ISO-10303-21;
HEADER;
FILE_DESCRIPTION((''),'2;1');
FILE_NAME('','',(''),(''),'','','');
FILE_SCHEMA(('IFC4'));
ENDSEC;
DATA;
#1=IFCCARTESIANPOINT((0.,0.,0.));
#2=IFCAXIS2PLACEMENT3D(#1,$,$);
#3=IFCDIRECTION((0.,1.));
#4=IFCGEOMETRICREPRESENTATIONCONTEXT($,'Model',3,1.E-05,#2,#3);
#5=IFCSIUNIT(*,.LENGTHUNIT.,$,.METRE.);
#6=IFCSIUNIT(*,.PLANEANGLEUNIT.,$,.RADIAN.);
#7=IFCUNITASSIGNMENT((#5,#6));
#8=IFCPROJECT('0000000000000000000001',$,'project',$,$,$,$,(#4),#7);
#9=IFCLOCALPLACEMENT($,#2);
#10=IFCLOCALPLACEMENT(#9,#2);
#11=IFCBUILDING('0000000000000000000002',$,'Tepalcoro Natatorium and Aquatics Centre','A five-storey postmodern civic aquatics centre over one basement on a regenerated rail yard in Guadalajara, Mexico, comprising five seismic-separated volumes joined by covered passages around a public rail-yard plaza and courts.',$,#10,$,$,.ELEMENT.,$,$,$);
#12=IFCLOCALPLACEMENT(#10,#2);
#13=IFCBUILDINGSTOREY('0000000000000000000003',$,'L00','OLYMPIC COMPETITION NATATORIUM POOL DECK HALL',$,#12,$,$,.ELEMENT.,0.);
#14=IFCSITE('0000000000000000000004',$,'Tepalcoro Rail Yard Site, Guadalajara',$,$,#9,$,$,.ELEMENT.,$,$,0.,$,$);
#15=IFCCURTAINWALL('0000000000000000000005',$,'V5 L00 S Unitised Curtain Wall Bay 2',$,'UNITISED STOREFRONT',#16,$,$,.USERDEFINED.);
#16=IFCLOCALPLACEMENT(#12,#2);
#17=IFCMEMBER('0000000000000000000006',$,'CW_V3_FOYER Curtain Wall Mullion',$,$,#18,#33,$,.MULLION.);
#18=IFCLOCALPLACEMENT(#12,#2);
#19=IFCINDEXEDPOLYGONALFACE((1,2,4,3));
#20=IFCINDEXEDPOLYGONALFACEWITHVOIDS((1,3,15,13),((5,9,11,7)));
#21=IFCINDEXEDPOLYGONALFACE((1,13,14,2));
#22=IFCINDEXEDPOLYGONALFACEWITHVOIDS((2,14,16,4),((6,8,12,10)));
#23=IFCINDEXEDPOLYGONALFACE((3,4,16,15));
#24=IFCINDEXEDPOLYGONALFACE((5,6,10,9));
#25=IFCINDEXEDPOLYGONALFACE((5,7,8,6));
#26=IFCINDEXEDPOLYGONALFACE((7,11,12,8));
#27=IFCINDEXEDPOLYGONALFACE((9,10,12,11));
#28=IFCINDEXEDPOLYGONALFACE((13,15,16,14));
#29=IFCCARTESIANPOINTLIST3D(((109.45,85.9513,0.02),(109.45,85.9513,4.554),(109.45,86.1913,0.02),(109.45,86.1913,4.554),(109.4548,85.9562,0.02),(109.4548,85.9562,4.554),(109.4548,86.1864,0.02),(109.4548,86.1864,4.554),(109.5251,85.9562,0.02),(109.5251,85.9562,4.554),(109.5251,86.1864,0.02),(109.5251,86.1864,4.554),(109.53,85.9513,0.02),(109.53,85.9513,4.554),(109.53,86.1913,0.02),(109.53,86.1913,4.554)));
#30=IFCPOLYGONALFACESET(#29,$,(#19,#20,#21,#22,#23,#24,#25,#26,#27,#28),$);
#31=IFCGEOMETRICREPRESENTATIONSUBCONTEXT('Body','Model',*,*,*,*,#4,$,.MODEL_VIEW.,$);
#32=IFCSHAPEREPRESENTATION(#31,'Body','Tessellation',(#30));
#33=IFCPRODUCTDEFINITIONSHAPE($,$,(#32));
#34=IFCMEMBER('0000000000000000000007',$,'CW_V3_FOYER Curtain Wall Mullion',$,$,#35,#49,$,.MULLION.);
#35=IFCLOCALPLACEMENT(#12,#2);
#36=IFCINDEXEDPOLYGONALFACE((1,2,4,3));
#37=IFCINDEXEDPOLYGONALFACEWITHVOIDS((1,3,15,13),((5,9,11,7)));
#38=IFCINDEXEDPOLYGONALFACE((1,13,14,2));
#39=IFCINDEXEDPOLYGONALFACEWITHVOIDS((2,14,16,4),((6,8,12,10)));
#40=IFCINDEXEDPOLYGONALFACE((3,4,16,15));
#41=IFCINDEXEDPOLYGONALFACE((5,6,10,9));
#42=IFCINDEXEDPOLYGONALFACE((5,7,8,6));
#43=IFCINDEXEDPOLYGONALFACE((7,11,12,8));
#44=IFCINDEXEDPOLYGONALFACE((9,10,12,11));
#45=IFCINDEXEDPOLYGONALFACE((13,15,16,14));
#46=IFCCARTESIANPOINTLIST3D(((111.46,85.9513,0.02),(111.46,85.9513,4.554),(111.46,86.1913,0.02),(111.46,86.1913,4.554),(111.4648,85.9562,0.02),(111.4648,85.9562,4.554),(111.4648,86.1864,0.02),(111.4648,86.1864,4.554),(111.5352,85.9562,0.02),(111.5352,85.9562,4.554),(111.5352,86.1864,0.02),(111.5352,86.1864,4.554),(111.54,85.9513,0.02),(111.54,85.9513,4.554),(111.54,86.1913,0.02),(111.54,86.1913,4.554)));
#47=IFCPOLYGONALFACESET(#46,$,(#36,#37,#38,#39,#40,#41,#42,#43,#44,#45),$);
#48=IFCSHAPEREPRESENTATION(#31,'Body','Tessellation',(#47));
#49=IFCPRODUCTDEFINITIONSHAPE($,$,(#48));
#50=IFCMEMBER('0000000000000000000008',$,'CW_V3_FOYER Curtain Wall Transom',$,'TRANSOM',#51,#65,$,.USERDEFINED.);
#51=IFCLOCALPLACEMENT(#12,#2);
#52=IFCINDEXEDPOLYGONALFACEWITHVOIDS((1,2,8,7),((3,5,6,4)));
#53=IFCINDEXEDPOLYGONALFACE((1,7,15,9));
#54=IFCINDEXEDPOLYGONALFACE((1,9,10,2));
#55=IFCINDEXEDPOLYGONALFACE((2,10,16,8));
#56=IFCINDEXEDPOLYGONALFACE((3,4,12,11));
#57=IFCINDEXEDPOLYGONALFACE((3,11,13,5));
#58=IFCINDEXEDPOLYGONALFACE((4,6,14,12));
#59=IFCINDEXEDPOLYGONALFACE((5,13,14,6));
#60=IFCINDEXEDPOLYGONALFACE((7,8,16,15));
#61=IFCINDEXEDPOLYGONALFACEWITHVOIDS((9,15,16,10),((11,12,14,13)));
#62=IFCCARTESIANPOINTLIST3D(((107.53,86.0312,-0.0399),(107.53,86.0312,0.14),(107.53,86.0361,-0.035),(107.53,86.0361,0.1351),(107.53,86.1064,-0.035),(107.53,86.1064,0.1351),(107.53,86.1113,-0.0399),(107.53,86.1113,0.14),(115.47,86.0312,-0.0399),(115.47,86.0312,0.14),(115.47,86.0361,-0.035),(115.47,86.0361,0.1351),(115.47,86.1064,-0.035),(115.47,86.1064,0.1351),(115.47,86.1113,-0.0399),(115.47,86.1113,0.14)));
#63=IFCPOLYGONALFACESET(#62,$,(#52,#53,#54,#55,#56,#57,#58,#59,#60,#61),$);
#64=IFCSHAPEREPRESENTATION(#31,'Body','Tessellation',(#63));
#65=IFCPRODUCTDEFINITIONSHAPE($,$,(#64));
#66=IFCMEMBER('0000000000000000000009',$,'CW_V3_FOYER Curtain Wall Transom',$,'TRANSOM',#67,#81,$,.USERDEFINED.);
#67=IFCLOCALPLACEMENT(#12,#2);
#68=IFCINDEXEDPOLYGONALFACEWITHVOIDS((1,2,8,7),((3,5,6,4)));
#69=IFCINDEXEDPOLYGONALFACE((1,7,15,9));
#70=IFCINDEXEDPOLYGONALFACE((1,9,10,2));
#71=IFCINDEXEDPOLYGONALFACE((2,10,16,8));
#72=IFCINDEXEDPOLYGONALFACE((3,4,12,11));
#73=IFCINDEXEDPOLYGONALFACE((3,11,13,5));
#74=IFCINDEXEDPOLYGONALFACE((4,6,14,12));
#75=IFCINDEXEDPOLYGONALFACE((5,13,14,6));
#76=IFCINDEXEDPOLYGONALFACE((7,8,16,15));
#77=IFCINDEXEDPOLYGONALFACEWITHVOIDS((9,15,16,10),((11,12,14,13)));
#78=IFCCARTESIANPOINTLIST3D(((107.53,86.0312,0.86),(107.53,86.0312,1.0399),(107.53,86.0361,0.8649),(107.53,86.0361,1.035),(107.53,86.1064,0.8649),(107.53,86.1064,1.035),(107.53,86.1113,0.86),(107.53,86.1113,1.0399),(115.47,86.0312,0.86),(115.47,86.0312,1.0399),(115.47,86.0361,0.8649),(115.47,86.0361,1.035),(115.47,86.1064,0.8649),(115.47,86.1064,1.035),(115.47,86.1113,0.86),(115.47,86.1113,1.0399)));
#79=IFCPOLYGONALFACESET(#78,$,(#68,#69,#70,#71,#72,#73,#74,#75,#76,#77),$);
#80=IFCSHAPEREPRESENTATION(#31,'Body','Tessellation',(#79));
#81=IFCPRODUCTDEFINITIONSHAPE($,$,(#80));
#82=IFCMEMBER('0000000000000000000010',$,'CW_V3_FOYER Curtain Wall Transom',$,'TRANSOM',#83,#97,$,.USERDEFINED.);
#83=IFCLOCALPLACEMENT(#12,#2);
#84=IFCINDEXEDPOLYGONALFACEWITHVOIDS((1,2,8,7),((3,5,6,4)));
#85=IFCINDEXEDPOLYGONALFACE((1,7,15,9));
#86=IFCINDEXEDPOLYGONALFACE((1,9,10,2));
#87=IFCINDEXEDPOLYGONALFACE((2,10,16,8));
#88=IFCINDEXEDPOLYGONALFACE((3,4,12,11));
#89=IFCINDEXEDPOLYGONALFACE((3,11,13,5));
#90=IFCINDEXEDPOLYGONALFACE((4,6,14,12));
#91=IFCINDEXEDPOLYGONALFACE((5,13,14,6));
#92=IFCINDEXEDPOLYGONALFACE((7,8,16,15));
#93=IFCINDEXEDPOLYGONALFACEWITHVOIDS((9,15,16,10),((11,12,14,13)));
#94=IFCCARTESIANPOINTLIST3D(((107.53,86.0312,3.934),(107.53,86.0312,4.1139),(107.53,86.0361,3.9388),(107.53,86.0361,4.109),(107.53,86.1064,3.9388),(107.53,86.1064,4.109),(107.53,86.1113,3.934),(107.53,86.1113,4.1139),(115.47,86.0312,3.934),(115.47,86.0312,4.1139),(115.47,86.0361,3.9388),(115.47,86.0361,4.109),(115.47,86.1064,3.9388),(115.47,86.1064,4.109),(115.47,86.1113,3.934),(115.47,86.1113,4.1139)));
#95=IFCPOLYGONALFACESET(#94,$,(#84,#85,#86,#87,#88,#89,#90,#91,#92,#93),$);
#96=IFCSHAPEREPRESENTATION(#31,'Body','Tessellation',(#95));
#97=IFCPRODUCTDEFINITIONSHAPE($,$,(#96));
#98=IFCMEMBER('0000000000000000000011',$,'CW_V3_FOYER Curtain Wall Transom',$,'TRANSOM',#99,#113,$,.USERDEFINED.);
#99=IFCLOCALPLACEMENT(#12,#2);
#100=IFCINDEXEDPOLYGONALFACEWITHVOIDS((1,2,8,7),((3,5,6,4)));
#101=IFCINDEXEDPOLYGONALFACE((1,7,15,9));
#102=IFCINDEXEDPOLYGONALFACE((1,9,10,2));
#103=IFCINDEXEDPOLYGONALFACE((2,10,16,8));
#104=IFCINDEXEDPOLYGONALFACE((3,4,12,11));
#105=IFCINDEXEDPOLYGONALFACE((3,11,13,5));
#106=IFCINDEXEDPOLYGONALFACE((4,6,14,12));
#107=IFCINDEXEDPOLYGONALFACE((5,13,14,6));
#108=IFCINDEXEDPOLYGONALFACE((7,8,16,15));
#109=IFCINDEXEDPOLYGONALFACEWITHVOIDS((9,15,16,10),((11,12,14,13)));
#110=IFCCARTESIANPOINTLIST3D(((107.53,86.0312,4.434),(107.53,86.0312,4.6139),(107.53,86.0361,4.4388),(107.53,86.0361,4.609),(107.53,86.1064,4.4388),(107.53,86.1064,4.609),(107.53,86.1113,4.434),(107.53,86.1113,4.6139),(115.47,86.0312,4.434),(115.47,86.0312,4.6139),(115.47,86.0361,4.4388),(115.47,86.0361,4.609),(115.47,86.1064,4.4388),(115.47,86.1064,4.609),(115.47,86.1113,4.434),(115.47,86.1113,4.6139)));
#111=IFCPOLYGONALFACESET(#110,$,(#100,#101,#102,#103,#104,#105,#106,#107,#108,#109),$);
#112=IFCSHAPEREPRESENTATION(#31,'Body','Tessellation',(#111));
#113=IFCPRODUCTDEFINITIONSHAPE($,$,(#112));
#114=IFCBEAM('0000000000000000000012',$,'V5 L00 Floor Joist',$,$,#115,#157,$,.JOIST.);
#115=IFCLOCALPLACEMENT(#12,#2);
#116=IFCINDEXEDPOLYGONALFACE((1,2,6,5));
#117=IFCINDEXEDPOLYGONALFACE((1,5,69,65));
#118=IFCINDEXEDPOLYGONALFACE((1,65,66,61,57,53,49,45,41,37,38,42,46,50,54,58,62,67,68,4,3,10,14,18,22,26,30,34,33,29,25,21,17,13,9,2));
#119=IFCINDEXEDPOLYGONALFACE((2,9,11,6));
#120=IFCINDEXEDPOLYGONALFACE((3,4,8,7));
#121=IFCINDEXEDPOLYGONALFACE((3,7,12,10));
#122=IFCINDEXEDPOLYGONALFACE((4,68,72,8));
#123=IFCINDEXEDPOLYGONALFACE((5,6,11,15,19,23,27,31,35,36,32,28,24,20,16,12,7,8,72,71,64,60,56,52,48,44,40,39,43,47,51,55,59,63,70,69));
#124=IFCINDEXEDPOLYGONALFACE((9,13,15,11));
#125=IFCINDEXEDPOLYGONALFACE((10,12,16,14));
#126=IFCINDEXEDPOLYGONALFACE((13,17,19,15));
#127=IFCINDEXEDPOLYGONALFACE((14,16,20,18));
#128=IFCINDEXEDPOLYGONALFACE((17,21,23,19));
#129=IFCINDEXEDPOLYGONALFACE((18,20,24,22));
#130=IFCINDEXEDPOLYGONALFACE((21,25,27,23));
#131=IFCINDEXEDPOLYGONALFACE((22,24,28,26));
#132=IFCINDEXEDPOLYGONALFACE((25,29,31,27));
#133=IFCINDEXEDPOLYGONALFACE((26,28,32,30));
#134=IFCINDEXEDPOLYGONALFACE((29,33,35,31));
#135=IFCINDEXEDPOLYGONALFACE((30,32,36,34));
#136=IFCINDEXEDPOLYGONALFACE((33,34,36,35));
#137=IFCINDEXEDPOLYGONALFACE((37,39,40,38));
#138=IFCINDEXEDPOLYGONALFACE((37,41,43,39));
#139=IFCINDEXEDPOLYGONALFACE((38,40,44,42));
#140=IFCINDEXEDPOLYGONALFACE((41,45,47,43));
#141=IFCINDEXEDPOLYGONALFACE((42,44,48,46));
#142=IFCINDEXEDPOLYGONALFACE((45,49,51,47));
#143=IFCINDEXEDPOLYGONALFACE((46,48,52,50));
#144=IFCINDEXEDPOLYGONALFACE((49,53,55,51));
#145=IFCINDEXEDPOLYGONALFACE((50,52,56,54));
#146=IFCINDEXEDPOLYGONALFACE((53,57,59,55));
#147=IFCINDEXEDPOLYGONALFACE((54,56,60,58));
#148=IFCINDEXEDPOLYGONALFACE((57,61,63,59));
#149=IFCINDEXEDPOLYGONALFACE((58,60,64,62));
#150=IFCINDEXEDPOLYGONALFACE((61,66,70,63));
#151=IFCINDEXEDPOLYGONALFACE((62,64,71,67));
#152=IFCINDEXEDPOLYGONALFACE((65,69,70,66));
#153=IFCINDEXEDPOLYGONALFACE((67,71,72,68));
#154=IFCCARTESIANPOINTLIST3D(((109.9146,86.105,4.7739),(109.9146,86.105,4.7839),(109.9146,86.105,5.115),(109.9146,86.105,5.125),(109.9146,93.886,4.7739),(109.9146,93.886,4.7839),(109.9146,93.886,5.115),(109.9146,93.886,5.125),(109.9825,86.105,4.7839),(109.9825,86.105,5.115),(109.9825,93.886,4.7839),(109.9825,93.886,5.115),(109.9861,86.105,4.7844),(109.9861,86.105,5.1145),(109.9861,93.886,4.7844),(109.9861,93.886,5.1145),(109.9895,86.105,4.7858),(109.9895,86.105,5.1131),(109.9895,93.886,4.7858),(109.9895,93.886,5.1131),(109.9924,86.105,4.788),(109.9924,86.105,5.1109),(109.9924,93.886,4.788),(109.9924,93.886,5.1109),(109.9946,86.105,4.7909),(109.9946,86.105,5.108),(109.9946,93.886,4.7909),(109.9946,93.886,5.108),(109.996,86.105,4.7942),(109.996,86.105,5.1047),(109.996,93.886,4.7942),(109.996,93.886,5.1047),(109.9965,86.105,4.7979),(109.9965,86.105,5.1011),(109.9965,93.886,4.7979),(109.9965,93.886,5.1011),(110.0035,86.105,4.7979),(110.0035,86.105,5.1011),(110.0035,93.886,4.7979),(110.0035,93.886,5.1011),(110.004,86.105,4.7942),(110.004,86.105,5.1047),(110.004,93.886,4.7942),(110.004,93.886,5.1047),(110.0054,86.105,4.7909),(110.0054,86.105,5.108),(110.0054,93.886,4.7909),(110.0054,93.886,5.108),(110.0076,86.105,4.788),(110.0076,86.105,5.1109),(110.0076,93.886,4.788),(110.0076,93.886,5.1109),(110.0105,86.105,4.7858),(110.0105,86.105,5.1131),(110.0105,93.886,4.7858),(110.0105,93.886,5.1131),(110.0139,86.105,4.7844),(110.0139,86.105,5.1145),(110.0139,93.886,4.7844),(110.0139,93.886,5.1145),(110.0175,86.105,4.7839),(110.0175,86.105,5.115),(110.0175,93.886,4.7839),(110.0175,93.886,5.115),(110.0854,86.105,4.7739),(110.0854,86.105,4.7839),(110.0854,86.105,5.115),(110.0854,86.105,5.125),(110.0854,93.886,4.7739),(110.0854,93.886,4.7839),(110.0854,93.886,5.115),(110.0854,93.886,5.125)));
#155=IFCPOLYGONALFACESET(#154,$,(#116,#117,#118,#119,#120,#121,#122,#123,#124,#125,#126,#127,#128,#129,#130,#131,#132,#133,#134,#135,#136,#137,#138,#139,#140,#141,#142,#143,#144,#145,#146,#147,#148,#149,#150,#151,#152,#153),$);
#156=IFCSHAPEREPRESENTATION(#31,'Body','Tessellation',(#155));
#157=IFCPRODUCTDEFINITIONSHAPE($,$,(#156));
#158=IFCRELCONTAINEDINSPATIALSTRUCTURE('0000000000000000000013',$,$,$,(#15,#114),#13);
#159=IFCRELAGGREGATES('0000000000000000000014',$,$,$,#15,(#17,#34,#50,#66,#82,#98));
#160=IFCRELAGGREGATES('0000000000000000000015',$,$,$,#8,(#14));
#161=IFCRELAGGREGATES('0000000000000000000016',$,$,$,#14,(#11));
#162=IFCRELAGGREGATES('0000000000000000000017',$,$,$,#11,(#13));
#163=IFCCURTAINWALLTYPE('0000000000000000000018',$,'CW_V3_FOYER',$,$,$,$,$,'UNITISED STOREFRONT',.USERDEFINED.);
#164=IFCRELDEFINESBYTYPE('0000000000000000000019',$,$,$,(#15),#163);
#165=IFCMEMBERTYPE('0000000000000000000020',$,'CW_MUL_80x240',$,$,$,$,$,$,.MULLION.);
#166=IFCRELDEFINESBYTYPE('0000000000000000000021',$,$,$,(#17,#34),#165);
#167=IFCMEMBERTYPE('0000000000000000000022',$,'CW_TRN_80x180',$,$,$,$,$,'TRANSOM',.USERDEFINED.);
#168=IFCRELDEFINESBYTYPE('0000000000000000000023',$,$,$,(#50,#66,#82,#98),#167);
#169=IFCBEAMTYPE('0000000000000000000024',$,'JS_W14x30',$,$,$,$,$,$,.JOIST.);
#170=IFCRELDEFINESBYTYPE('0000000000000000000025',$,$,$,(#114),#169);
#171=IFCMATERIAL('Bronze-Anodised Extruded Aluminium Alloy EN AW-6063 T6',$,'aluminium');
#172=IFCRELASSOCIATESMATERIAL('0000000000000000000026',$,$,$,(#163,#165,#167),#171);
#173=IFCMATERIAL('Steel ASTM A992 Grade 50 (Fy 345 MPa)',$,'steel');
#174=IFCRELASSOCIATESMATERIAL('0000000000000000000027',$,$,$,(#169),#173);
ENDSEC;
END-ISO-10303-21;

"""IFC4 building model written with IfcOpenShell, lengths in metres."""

from ifc_helpers import new_model, si_unit, direction, frame, origin, origin_2d, place, context, subcontext, project, spatial, hollow_rectangle, i_section, extrude, material, material_profile, profile_set, type_object, element, aggregate, save


model = new_model("IFC4")

# Units and contexts
model_context = context("Model", 3, precision=1e-05, world=origin(), true_north=direction((0.0, 1.0)))
body_context = subcontext(model_context, "Body", "Model", "MODEL_VIEW")
ifc_project = project(units=[si_unit("LENGTHUNIT", "METRE"), si_unit("PLANEANGLEUNIT", "RADIAN")], contexts=[model_context])

# Site, building, storey
site_placement = place(None, origin())
site = spatial("IfcSite", under=ifc_project, at=site_placement, Name="Tepalcoro Rail Yard Site, Guadalajara", CompositionType="ELEMENT", RefElevation=0.0)
building_placement = place(site_placement, origin())
building = spatial("IfcBuilding", under=site, at=building_placement, Name="Tepalcoro Natatorium and Aquatics Centre", Description="A five-storey postmodern civic aquatics centre over one basement on a regenerated rail yard in Guadalajara, Mexico, comprising five seismic-separated volumes joined by covered passages around a public rail-yard plaza and courts.", CompositionType="ELEMENT")
storey_placement = place(building_placement, origin())
storey = spatial("IfcBuildingStorey", under=building, at=storey_placement, Name="L00", Description="OLYMPIC COMPETITION NATATORIUM POOL DECK HALL", CompositionType="ELEMENT", Elevation=0.0)

# Shared definitions
ifc_material_1 = material(Name="Steel ASTM A992 Grade 50 (Fy 345 MPa)", Category="steel")

# Shared definitions
ifc_material_2 = material(Name="Bronze-Anodised Extruded Aluminium Alloy EN AW-6063 T6", Category="aluminium")

# Curtain wall, members
curtain_wall_type_1 = type_object("IfcCurtainWallType", Name="CW_V3_FOYER", ElementType="UNITISED STOREFRONT", PredefinedType="USERDEFINED", material=ifc_material_2)
curtain_wall_1_placement = place(storey_placement, origin())
curtain_wall_1 = element("IfcCurtainWall", 1, at=curtain_wall_1_placement, inside=storey, type_object=curtain_wall_type_1, Name="V5 L00 S Unitised Curtain Wall Bay 2", ObjectType="UNITISED STOREFRONT", PredefinedType="USERDEFINED")
ifc_material_profile_1 = material_profile(ifc_material_2, hollow_rectangle(XDim=0.0801, YDim=0.24, WallThickness=0.0049, at=origin_2d()), Name="AL80X240X5")
ifc_profile_set_1 = profile_set([ifc_material_profile_1], Name="Bronze-Anodised Extruded Aluminium Alloy EN AW-6063 T6")
member_type_1 = type_object("IfcMemberType", Name="CW_MUL_80x240", PredefinedType="MULLION", material=ifc_profile_set_1)
member_1_placement = place(storey_placement, frame((109.49, 86.0713, 0.02), z_axis=(0.0, 0.0, 1.0), x_axis=(1.0, 0.0, 0.0)))
member_1 = element("IfcMember", 2, at=member_1_placement, type_object=member_type_1, Name="CW_V3_FOYER Curtain Wall Mullion", PredefinedType="MULLION", context=body_context, shape_type="SweptSolid", body=[
    extrude(hollow_rectangle(XDim=0.0801, YDim=0.24, WallThickness=0.0049, at=origin_2d()), origin(), (0.0, 0.0, 1.0), 4.5339),
])
member_2_placement = place(storey_placement, frame((111.5, 86.0713, 0.02), z_axis=(0.0, 0.0, 1.0), x_axis=(1.0, 0.0, 0.0)))
member_2 = element("IfcMember", 3, at=member_2_placement, type_object=member_type_1, Name="CW_V3_FOYER Curtain Wall Mullion", PredefinedType="MULLION", context=body_context, shape_type="SweptSolid", body=[
    extrude(hollow_rectangle(XDim=0.0801, YDim=0.24, WallThickness=0.0049, at=origin_2d()), origin(), (0.0, 0.0, 1.0), 4.5339),
])
ifc_material_profile_2 = material_profile(ifc_material_2, hollow_rectangle(XDim=0.0801, YDim=0.1799, WallThickness=0.0049, at=origin_2d()), Name="AL80X180X5")
ifc_profile_set_2 = profile_set([ifc_material_profile_2], Name="Bronze-Anodised Extruded Aluminium Alloy EN AW-6063 T6")
member_type_2 = type_object("IfcMemberType", Name="CW_TRN_80x180", ElementType="TRANSOM", PredefinedType="USERDEFINED", material=ifc_profile_set_2)
member_3_placement = place(storey_placement, frame((107.53, 86.0713, 0.05), z_axis=(1.0, 0.0, 0.0), x_axis=(0.0, 1.0, 0.0)))
member_3 = element("IfcMember", 4, at=member_3_placement, type_object=member_type_2, Name="CW_V3_FOYER Curtain Wall Transom", ObjectType="TRANSOM", PredefinedType="USERDEFINED", context=body_context, shape_type="SweptSolid", body=[
    extrude(hollow_rectangle(XDim=0.0801, YDim=0.1799, WallThickness=0.0049, at=origin_2d()), origin(), (0.0, 0.0, 1.0), 7.9399),
])
member_4_placement = place(storey_placement, frame((107.53, 86.0713, 0.95), z_axis=(1.0, 0.0, 0.0), x_axis=(0.0, 1.0, 0.0)))
member_4 = element("IfcMember", 5, at=member_4_placement, type_object=member_type_2, Name="CW_V3_FOYER Curtain Wall Transom", ObjectType="TRANSOM", PredefinedType="USERDEFINED", context=body_context, shape_type="SweptSolid", body=[
    extrude(hollow_rectangle(XDim=0.0801, YDim=0.1799, WallThickness=0.0049, at=origin_2d()), origin(), (0.0, 0.0, 1.0), 7.9399),
])
member_5_placement = place(storey_placement, frame((107.53, 86.0713, 4.0239), z_axis=(1.0, 0.0, 0.0), x_axis=(0.0, 1.0, 0.0)))
member_5 = element("IfcMember", 6, at=member_5_placement, type_object=member_type_2, Name="CW_V3_FOYER Curtain Wall Transom", ObjectType="TRANSOM", PredefinedType="USERDEFINED", context=body_context, shape_type="SweptSolid", body=[
    extrude(hollow_rectangle(XDim=0.0801, YDim=0.1799, WallThickness=0.0049, at=origin_2d()), origin(), (0.0, 0.0, 1.0), 7.9399),
])
member_6_placement = place(storey_placement, frame((107.53, 86.0713, 4.5239), z_axis=(1.0, 0.0, 0.0), x_axis=(0.0, 1.0, 0.0)))
member_6 = element("IfcMember", 7, at=member_6_placement, type_object=member_type_2, Name="CW_V3_FOYER Curtain Wall Transom", ObjectType="TRANSOM", PredefinedType="USERDEFINED", context=body_context, shape_type="SweptSolid", body=[
    extrude(hollow_rectangle(XDim=0.0801, YDim=0.1799, WallThickness=0.0049, at=origin_2d()), origin(), (0.0, 0.0, 1.0), 7.9399),
])

# Beam
ifc_material_profile_3 = material_profile(ifc_material_1, i_section(OverallWidth=0.1709, OverallDepth=0.3511, WebThickness=0.0071, FlangeThickness=0.01, FilletRadius=0.0139, at=origin_2d()), Name="W14X30")
ifc_profile_set_3 = profile_set([ifc_material_profile_3], Name="Steel ASTM A992 Grade 50 (Fy 345 MPa)")
beam_type_1 = type_object("IfcBeamType", Name="JS_W14x30", PredefinedType="JOIST", material=ifc_profile_set_3)
beam_1_placement = place(storey_placement, frame((110.0, 86.105, 4.9495), z_axis=(0.0, 1.0, 0.0), x_axis=(-1.0, 0.0, 0.0)))
element("IfcBeam", 8, at=beam_1_placement, inside=storey, type_object=beam_type_1, Name="V5 L00 Floor Joist", PredefinedType="JOIST", context=body_context, shape_type="SweptSolid", body=[
    extrude(i_section(OverallWidth=0.1709, OverallDepth=0.3511, WebThickness=0.0071, FlangeThickness=0.01, FilletRadius=0.0139, at=origin_2d()), origin(), (0.0, 0.0, 1.0), 7.781),
])

aggregate(curtain_wall_1, [member_1, member_2, member_3, member_4, member_5, member_6])

save(model, "model.ifc")
